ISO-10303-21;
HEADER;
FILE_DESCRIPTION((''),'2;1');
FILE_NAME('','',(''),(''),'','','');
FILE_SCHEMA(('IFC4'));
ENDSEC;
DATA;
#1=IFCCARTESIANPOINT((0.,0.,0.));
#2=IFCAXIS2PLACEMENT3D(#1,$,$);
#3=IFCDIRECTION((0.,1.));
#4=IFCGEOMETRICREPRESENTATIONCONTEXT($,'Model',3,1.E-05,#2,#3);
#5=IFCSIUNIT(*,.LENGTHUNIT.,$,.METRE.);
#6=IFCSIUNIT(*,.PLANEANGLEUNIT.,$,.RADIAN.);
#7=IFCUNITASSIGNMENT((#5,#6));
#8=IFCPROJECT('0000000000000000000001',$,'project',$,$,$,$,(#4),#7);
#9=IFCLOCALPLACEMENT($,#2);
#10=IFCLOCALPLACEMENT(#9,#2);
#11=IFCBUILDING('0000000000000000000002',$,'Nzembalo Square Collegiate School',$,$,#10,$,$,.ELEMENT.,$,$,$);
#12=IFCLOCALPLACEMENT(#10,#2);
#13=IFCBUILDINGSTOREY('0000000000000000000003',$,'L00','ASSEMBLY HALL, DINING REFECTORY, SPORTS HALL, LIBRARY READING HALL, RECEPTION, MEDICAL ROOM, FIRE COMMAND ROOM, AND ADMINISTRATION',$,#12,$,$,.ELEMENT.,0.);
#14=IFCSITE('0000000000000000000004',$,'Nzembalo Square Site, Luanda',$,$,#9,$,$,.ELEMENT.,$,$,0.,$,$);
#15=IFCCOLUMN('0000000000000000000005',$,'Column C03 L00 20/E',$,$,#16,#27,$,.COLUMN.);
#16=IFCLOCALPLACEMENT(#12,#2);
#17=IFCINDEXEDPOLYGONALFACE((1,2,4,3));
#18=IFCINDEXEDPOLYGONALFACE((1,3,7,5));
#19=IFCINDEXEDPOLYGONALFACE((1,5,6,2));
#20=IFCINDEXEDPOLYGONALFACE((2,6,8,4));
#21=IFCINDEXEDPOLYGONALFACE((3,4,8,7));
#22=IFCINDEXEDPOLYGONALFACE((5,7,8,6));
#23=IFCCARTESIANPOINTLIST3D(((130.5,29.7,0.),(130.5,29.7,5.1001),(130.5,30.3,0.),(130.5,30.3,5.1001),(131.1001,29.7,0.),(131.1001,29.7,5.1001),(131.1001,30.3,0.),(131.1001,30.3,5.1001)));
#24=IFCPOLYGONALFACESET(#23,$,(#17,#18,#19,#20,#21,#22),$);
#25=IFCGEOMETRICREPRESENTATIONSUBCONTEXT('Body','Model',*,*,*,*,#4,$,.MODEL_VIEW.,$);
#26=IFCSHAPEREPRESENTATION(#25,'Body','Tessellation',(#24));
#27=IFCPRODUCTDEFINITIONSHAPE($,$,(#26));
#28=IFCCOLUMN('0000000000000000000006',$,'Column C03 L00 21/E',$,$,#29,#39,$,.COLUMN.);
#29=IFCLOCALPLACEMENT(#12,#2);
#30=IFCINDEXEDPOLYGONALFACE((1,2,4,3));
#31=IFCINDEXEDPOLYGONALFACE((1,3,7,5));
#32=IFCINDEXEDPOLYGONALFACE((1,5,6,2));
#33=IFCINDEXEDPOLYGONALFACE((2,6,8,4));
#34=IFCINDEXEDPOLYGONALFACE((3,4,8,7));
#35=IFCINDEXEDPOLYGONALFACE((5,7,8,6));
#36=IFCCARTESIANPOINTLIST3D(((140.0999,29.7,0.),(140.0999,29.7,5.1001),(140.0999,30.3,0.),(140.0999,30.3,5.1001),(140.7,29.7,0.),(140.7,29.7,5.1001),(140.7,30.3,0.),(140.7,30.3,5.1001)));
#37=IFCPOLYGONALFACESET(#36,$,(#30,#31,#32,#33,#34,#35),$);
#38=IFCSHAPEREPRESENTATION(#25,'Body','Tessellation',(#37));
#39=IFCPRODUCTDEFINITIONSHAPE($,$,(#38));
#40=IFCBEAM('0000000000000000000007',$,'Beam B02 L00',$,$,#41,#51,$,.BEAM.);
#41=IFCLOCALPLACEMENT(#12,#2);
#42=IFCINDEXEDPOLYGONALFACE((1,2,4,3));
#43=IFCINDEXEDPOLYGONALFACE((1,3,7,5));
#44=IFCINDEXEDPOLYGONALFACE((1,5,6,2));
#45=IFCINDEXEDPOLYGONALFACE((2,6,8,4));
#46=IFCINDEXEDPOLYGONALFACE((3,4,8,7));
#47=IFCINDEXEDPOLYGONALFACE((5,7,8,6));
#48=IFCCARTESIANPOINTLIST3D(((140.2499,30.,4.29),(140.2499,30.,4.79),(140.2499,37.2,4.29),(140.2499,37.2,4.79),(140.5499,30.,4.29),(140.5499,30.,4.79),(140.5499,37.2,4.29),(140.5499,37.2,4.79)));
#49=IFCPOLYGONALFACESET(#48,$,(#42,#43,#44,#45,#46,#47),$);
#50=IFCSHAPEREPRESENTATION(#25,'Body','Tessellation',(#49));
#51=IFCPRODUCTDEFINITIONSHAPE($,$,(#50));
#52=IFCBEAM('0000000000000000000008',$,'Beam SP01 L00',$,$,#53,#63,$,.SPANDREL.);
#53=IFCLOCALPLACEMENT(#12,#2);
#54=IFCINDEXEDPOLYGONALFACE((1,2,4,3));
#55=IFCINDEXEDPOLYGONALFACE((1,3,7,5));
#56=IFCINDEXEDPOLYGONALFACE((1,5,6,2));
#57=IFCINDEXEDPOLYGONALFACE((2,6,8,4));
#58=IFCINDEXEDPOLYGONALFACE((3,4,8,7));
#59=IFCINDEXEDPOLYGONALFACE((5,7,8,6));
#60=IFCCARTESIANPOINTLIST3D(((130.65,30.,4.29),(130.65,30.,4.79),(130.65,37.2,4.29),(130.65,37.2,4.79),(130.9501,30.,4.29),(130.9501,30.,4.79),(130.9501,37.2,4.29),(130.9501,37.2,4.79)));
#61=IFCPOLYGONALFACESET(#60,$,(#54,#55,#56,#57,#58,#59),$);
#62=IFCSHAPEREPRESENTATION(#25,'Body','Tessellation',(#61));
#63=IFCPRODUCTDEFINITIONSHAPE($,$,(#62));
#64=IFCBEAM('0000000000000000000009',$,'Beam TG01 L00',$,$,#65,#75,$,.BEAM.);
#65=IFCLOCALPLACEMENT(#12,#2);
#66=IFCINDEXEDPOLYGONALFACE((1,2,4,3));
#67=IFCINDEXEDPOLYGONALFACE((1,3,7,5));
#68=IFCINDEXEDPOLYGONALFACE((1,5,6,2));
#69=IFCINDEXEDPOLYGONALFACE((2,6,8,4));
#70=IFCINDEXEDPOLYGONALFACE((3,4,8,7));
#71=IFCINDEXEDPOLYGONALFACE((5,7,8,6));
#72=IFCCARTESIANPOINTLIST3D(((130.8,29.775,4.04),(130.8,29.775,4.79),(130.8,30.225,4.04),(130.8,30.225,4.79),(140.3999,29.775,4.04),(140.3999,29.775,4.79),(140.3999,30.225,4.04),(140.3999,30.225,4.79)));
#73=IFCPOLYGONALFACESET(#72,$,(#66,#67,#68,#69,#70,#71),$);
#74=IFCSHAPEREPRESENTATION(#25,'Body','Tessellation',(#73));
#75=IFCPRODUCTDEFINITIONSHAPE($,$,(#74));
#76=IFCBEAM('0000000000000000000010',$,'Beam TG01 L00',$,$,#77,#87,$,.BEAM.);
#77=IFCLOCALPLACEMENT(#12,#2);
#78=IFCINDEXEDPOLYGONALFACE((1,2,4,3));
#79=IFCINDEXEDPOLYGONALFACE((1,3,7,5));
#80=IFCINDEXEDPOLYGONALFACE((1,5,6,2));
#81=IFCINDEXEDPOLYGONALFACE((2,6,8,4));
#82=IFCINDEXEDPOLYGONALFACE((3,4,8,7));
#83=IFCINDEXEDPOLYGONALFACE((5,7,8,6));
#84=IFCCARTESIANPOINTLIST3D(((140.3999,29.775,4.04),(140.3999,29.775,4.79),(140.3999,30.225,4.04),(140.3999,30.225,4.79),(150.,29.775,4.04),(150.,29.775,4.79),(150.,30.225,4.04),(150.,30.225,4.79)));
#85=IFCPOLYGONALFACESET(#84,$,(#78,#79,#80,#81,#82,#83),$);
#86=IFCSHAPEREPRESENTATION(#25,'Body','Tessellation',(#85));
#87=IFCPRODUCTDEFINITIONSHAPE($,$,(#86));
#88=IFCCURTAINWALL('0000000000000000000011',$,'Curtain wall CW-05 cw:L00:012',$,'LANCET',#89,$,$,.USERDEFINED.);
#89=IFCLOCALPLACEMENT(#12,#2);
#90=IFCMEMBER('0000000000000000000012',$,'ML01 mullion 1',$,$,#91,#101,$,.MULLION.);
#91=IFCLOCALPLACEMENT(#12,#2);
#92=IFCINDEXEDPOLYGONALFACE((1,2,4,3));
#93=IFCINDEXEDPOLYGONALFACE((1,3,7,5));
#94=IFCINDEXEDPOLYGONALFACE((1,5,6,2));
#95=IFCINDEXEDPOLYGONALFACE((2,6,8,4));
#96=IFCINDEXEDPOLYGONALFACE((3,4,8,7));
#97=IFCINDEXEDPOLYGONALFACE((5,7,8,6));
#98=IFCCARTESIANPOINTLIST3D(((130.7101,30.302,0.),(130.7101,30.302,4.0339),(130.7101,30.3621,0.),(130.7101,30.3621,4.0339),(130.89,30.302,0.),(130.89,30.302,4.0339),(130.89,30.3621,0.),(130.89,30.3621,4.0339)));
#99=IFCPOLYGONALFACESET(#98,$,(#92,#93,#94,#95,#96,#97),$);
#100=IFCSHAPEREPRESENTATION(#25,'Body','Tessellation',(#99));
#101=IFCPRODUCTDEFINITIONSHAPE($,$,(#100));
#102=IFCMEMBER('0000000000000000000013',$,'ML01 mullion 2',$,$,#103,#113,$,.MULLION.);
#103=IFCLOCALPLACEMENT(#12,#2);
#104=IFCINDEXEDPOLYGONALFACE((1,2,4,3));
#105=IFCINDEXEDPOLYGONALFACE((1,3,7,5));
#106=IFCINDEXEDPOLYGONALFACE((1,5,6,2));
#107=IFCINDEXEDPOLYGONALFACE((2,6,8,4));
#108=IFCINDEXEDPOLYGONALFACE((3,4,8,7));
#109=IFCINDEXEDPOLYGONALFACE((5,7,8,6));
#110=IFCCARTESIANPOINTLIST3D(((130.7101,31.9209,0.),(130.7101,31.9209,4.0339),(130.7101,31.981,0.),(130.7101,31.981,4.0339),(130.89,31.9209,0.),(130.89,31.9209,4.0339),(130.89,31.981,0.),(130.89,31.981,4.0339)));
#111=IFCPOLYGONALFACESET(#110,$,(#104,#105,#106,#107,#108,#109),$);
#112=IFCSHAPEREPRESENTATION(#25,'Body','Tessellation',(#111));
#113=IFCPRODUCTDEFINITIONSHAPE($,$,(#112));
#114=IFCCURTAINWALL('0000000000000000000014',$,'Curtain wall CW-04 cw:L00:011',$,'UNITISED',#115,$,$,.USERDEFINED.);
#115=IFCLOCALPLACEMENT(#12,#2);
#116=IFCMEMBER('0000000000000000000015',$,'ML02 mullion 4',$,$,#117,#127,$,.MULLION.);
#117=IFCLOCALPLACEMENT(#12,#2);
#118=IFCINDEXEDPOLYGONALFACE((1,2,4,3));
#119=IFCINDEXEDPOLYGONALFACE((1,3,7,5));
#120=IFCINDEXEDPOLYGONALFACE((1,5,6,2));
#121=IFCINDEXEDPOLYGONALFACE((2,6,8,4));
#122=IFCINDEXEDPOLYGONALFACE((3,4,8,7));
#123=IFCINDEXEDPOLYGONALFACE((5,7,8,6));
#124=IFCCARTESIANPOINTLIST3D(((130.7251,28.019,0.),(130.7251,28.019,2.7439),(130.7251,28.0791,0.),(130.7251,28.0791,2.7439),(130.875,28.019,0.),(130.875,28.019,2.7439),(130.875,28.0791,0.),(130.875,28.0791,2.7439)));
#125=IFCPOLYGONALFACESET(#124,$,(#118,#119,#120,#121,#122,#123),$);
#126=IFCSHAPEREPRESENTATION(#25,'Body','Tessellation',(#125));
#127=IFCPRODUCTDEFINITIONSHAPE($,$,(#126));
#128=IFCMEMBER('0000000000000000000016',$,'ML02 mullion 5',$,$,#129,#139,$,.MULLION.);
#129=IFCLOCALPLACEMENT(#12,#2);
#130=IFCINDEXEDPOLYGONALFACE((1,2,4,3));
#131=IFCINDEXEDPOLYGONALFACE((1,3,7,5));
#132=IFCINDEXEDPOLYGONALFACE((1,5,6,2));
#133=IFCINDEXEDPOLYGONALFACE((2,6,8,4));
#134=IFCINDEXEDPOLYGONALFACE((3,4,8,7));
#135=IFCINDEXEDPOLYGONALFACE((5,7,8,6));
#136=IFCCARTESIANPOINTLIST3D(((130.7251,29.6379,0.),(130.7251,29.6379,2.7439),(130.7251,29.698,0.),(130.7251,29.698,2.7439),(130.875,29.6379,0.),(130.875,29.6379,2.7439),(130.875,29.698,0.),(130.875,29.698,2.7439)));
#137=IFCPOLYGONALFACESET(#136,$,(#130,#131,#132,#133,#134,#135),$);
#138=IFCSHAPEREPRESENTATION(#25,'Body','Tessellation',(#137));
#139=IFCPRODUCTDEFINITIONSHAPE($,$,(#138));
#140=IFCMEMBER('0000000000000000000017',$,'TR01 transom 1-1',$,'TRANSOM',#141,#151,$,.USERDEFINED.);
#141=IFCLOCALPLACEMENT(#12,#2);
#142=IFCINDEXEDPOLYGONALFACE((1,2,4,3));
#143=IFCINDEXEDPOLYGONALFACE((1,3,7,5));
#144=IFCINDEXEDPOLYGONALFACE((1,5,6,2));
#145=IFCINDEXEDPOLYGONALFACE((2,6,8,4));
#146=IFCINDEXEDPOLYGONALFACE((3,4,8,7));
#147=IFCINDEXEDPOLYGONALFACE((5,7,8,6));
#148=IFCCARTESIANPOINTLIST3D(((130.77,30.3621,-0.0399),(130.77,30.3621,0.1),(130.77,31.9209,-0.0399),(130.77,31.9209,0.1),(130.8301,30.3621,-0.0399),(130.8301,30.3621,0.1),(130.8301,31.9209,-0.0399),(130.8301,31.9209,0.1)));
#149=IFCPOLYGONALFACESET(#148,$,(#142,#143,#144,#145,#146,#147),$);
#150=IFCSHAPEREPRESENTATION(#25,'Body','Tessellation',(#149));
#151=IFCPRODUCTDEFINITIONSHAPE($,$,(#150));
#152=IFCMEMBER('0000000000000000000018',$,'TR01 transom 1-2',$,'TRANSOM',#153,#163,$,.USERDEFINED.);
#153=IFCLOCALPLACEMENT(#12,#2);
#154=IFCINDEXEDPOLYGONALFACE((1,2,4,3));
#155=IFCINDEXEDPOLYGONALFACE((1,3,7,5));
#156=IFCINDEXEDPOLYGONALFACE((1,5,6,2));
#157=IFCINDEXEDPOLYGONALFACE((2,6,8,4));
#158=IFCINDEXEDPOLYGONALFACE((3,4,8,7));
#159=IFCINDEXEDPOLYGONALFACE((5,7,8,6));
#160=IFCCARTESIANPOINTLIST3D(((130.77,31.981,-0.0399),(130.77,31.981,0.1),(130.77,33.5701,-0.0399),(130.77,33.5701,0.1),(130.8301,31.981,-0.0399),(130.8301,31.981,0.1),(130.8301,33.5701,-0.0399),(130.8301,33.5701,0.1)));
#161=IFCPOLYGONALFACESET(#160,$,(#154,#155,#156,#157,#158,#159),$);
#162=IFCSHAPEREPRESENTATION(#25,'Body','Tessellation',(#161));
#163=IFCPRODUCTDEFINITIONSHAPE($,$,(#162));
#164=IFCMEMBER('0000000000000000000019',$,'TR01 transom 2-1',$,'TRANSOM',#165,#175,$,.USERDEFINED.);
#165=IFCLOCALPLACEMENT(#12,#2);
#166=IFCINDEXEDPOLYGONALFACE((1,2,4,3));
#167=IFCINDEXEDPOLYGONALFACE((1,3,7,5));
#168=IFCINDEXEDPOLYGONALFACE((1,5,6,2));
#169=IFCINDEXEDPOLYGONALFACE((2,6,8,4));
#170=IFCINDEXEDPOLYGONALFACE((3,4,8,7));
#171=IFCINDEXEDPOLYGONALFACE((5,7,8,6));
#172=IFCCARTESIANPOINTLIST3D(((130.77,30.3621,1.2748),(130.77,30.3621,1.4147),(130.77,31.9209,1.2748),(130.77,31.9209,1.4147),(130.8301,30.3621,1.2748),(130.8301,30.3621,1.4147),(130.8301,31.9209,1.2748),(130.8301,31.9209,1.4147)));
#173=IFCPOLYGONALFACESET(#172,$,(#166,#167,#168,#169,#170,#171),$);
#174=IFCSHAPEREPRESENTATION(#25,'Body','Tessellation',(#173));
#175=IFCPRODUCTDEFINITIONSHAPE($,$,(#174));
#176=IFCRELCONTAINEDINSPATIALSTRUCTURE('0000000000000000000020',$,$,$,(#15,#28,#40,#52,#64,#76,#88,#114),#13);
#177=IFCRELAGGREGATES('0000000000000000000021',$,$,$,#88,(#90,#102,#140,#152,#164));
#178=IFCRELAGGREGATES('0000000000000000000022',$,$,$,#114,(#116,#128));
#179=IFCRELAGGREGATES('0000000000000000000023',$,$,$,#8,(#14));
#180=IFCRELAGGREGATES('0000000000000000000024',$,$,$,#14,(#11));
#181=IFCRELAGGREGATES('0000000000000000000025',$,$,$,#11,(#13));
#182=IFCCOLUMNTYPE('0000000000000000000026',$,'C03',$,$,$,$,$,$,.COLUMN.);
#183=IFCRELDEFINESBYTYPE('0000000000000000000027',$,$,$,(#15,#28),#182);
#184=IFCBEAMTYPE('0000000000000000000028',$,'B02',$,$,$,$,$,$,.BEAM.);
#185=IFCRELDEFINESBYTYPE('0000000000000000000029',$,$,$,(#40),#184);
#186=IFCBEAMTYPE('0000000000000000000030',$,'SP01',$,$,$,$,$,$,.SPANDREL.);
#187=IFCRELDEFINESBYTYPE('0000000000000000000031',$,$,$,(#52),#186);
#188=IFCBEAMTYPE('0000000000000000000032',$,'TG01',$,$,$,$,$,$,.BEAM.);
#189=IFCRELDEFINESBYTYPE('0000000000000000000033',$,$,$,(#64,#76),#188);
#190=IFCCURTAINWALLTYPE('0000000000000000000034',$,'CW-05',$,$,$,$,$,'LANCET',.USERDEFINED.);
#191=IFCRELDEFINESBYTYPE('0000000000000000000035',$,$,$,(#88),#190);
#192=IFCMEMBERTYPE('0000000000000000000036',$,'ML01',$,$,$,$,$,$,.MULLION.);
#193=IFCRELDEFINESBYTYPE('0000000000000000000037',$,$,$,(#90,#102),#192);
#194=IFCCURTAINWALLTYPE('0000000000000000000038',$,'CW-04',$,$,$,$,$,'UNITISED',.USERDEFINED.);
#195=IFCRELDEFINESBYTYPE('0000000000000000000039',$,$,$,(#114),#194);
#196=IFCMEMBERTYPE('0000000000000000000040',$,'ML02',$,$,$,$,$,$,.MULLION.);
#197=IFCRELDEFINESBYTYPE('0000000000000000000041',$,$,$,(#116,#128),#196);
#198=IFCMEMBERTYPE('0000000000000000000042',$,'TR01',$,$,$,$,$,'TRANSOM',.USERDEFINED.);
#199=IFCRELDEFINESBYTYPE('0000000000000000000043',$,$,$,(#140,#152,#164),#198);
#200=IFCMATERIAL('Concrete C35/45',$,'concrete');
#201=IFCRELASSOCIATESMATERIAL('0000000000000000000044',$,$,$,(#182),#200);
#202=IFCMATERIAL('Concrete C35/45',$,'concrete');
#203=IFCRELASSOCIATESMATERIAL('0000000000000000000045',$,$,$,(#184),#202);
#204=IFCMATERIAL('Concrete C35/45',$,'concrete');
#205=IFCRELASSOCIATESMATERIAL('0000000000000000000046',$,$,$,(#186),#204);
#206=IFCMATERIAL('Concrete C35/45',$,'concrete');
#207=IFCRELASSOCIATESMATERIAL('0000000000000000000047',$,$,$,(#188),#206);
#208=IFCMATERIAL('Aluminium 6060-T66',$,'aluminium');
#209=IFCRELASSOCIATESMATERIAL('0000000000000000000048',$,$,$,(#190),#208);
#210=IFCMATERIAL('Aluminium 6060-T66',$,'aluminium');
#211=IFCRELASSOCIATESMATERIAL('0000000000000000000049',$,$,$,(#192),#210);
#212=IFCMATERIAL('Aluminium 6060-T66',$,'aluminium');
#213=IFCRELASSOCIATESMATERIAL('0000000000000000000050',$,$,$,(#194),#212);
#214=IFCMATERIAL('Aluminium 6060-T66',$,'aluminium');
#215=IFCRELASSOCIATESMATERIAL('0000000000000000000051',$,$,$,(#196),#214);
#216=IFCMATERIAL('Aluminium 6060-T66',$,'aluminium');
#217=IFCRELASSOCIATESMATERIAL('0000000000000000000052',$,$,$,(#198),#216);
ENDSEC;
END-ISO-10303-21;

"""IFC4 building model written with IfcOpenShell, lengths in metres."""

from ifc_helpers import new_model, si_unit, direction, frame, origin, origin_2d, place, context, subcontext, project, spatial, rectangle, extrude, material, material_profile, profile_set, type_object, element, aggregate, save


model = new_model("IFC4")

# Units and contexts
model_context = context("Model", 3, precision=1e-05, world=origin(), true_north=direction((0.0, 1.0)))
body_context = subcontext(model_context, "Body", "Model", "MODEL_VIEW")
ifc_project = project(units=[si_unit("LENGTHUNIT", "METRE"), si_unit("PLANEANGLEUNIT", "RADIAN")], contexts=[model_context])

# Site, building, storey
site_placement = place(None, origin())
site = spatial("IfcSite", under=ifc_project, at=site_placement, Name="Nzembalo Square Site, Luanda", CompositionType="ELEMENT", RefElevation=0.0)
building_placement = place(site_placement, origin())
building = spatial("IfcBuilding", under=site, at=building_placement, Name="Nzembalo Square Collegiate School", CompositionType="ELEMENT")
storey_placement = place(building_placement, origin())
storey = spatial("IfcBuildingStorey", under=building, at=storey_placement, Name="L00", Description="ASSEMBLY HALL, DINING REFECTORY, SPORTS HALL, LIBRARY READING HALL, RECEPTION, MEDICAL ROOM, FIRE COMMAND ROOM, AND ADMINISTRATION", CompositionType="ELEMENT", Elevation=0.0)

# Columns
ifc_material_1 = material(Name="Concrete C35/45", Category="concrete")
ifc_material_profile_1 = material_profile(ifc_material_1, rectangle(XDim=0.6001, YDim=0.6001, at=origin_2d()), Name="RC 600x600")
ifc_profile_set_1 = profile_set([ifc_material_profile_1], Name="Concrete C35/45")
column_type = type_object("IfcColumnType", Name="C03", PredefinedType="COLUMN", material=ifc_profile_set_1)
for number, where, z_axis, x_axis, name in (
    (1, (130.8, 30.0, 0.0), (0.0, 0.0, 1.0), (1.0, 0.0, 0.0), "Column C03 L00 20/E"),
    (2, (140.3999, 30.0, 0.0), (0.0, 0.0, 1.0), (1.0, 0.0, 0.0), "Column C03 L00 21/E"),
):
    element("IfcColumn", number, at=place(storey_placement, frame(where, z_axis=z_axis, x_axis=x_axis)), inside=storey, type_object=column_type, Name=name, PredefinedType="COLUMN", context=body_context, shape_type="SweptSolid", body=[
        extrude(rectangle(XDim=0.6001, YDim=0.6001, at=origin_2d()), origin(), (0.0, 0.0, 1.0), 5.1001),
    ])

# Beams
ifc_material_2 = material(Name="Concrete C35/45", Category="concrete")
ifc_material_profile_2 = material_profile(ifc_material_2, rectangle(XDim=0.3, YDim=0.5, at=origin_2d()), Name="RC 300x500")
ifc_profile_set_2 = profile_set([ifc_material_profile_2], Name="Concrete C35/45")
beam_type_1 = type_object("IfcBeamType", Name="B02", PredefinedType="BEAM", material=ifc_profile_set_2)
beam_1_placement = place(storey_placement, frame((140.3999, 30.0, 4.54), z_axis=(0.0, 1.0, 0.0), x_axis=(-1.0, 0.0, 0.0)))
element("IfcBeam", 3, at=beam_1_placement, inside=storey, type_object=beam_type_1, Name="Beam B02 L00", PredefinedType="BEAM", context=body_context, shape_type="SweptSolid", body=[
    extrude(rectangle(XDim=0.3, YDim=0.5, at=origin_2d()), origin(), (0.0, 0.0, 1.0), 7.2),
])
ifc_material_3 = material(Name="Concrete C35/45", Category="concrete")
ifc_material_profile_3 = material_profile(ifc_material_3, rectangle(XDim=0.3, YDim=0.5, at=origin_2d()), Name="RC 300x500")
ifc_profile_set_3 = profile_set([ifc_material_profile_3], Name="Concrete C35/45")
beam_type_2 = type_object("IfcBeamType", Name="SP01", PredefinedType="SPANDREL", material=ifc_profile_set_3)
beam_2_placement = place(storey_placement, frame((130.8, 30.0, 4.54), z_axis=(0.0, 1.0, 0.0), x_axis=(-1.0, 0.0, 0.0)))
element("IfcBeam", 4, at=beam_2_placement, inside=storey, type_object=beam_type_2, Name="Beam SP01 L00", PredefinedType="SPANDREL", context=body_context, shape_type="SweptSolid", body=[
    extrude(rectangle(XDim=0.3, YDim=0.5, at=origin_2d()), origin(), (0.0, 0.0, 1.0), 7.2),
])
ifc_material_4 = material(Name="Concrete C35/45", Category="concrete")
ifc_material_profile_4 = material_profile(ifc_material_4, rectangle(XDim=0.45, YDim=0.75, at=origin_2d()), Name="RC 450x750")
ifc_profile_set_4 = profile_set([ifc_material_profile_4], Name="Concrete C35/45")
beam_type_3 = type_object("IfcBeamType", Name="TG01", PredefinedType="BEAM", material=ifc_profile_set_4)
beam_3_placement = place(storey_placement, frame((130.8, 30.0, 4.415), z_axis=(1.0, 0.0, 0.0), x_axis=(0.0, 1.0, 0.0)))
element("IfcBeam", 5, at=beam_3_placement, inside=storey, type_object=beam_type_3, Name="Beam TG01 L00", PredefinedType="BEAM", context=body_context, shape_type="SweptSolid", body=[
    extrude(rectangle(XDim=0.45, YDim=0.75, at=origin_2d()), origin(), (0.0, 0.0, 1.0), 9.5999),
])
beam_4_placement = place(storey_placement, frame((140.3999, 30.0, 4.415), z_axis=(1.0, 0.0, 0.0), x_axis=(0.0, 1.0, 0.0)))
element("IfcBeam", 6, at=beam_4_placement, inside=storey, type_object=beam_type_3, Name="Beam TG01 L00", PredefinedType="BEAM", context=body_context, shape_type="SweptSolid", body=[
    extrude(rectangle(XDim=0.45, YDim=0.75, at=origin_2d()), origin(), (0.0, 0.0, 1.0), 9.6001),
])

# Curtain walls, members
ifc_material_5 = material(Name="Aluminium 6060-T66", Category="aluminium")
curtain_wall_type_1 = type_object("IfcCurtainWallType", Name="CW-05", ElementType="LANCET", PredefinedType="USERDEFINED", material=ifc_material_5)
curtain_wall_1_placement = place(storey_placement, origin())
curtain_wall_1 = element("IfcCurtainWall", 7, at=curtain_wall_1_placement, inside=storey, type_object=curtain_wall_type_1, Name="Curtain wall CW-05 cw:L00:012", ObjectType="LANCET", PredefinedType="USERDEFINED")
ifc_material_6 = material(Name="Aluminium 6060-T66", Category="aluminium")
ifc_material_profile_5 = material_profile(ifc_material_6, rectangle(XDim=0.0601, YDim=0.1799, at=origin_2d()), Name="ALU M60x180")
ifc_profile_set_5 = profile_set([ifc_material_profile_5], Name="Aluminium 6060-T66")
member_type_1 = type_object("IfcMemberType", Name="ML01", PredefinedType="MULLION", material=ifc_profile_set_5)
member_1_placement = place(storey_placement, frame((130.8, 30.332, 0.0), z_axis=(0.0, 0.0, 1.0), x_axis=(0.0, 1.0, 0.0)))
member_1 = element("IfcMember", 8, at=member_1_placement, type_object=member_type_1, Name="ML01 mullion 1", PredefinedType="MULLION", context=body_context, shape_type="SweptSolid", body=[
    extrude(rectangle(XDim=0.0601, YDim=0.1799, at=origin_2d()), origin(), (0.0, 0.0, 1.0), 4.0339),
])
member_2_placement = place(storey_placement, frame((130.8, 31.9509, 0.0), z_axis=(0.0, 0.0, 1.0), x_axis=(0.0, 1.0, 0.0)))
member_2 = element("IfcMember", 9, at=member_2_placement, type_object=member_type_1, Name="ML01 mullion 2", PredefinedType="MULLION", context=body_context, shape_type="SweptSolid", body=[
    extrude(rectangle(XDim=0.0601, YDim=0.1799, at=origin_2d()), origin(), (0.0, 0.0, 1.0), 4.0339),
])
ifc_material_7 = material(Name="Aluminium 6060-T66", Category="aluminium")
curtain_wall_type_2 = type_object("IfcCurtainWallType", Name="CW-04", ElementType="UNITISED", PredefinedType="USERDEFINED", material=ifc_material_7)
curtain_wall_2_placement = place(storey_placement, origin())
curtain_wall_2 = element("IfcCurtainWall", 10, at=curtain_wall_2_placement, inside=storey, type_object=curtain_wall_type_2, Name="Curtain wall CW-04 cw:L00:011", ObjectType="UNITISED", PredefinedType="USERDEFINED")
ifc_material_8 = material(Name="Aluminium 6060-T66", Category="aluminium")
ifc_material_profile_6 = material_profile(ifc_material_8, rectangle(XDim=0.0601, YDim=0.1499, at=origin_2d()), Name="ALU M60x150")
ifc_profile_set_6 = profile_set([ifc_material_profile_6], Name="Aluminium 6060-T66")
member_type_2 = type_object("IfcMemberType", Name="ML02", PredefinedType="MULLION", material=ifc_profile_set_6)
member_3_placement = place(storey_placement, frame((130.8, 28.0491, 0.0), z_axis=(0.0, 0.0, 1.0), x_axis=(0.0, 1.0, 0.0)))
member_3 = element("IfcMember", 11, at=member_3_placement, type_object=member_type_2, Name="ML02 mullion 4", PredefinedType="MULLION", context=body_context, shape_type="SweptSolid", body=[
    extrude(rectangle(XDim=0.0601, YDim=0.1499, at=origin_2d()), origin(), (0.0, 0.0, 1.0), 2.7439),
])
member_4_placement = place(storey_placement, frame((130.8, 29.668, 0.0), z_axis=(0.0, 0.0, 1.0), x_axis=(0.0, 1.0, 0.0)))
member_4 = element("IfcMember", 12, at=member_4_placement, type_object=member_type_2, Name="ML02 mullion 5", PredefinedType="MULLION", context=body_context, shape_type="SweptSolid", body=[
    extrude(rectangle(XDim=0.0601, YDim=0.1499, at=origin_2d()), origin(), (0.0, 0.0, 1.0), 2.7439),
])

# Members
ifc_material_9 = material(Name="Aluminium 6060-T66", Category="aluminium")
ifc_material_profile_7 = material_profile(ifc_material_9, rectangle(XDim=0.0601, YDim=0.1399, at=origin_2d()), Name="ALU T60x140")
ifc_profile_set_7 = profile_set([ifc_material_profile_7], Name="Aluminium 6060-T66")
member_type_3 = type_object("IfcMemberType", Name="TR01", ElementType="TRANSOM", PredefinedType="USERDEFINED", material=ifc_profile_set_7)
member_5_placement = place(storey_placement, frame((130.8, 30.3621, 0.03), z_axis=(0.0, 1.0, 0.0), x_axis=(-1.0, 0.0, 0.0)))
member_5 = element("IfcMember", 13, at=member_5_placement, type_object=member_type_3, Name="TR01 transom 1-1", ObjectType="TRANSOM", PredefinedType="USERDEFINED", context=body_context, shape_type="SweptSolid", body=[
    extrude(rectangle(XDim=0.0601, YDim=0.1399, at=origin_2d()), origin(), (0.0, 0.0, 1.0), 1.5588),
])
member_6_placement = place(storey_placement, frame((130.8, 31.981, 0.03), z_axis=(0.0, 1.0, 0.0), x_axis=(-1.0, 0.0, 0.0)))
member_6 = element("IfcMember", 14, at=member_6_placement, type_object=member_type_3, Name="TR01 transom 1-2", ObjectType="TRANSOM", PredefinedType="USERDEFINED", context=body_context, shape_type="SweptSolid", body=[
    extrude(rectangle(XDim=0.0601, YDim=0.1399, at=origin_2d()), origin(), (0.0, 0.0, 1.0), 1.5891),
])
member_7_placement = place(storey_placement, frame((130.8, 30.3621, 1.3447), z_axis=(0.0, 1.0, 0.0), x_axis=(-1.0, 0.0, 0.0)))
member_7 = element("IfcMember", 15, at=member_7_placement, type_object=member_type_3, Name="TR01 transom 2-1", ObjectType="TRANSOM", PredefinedType="USERDEFINED", context=body_context, shape_type="SweptSolid", body=[
    extrude(rectangle(XDim=0.0601, YDim=0.1399, at=origin_2d()), origin(), (0.0, 0.0, 1.0), 1.5588),
])

aggregate(curtain_wall_1, [member_1, member_2, member_5, member_6, member_7])
aggregate(curtain_wall_2, [member_3, member_4])

save(model, "model.ifc")
